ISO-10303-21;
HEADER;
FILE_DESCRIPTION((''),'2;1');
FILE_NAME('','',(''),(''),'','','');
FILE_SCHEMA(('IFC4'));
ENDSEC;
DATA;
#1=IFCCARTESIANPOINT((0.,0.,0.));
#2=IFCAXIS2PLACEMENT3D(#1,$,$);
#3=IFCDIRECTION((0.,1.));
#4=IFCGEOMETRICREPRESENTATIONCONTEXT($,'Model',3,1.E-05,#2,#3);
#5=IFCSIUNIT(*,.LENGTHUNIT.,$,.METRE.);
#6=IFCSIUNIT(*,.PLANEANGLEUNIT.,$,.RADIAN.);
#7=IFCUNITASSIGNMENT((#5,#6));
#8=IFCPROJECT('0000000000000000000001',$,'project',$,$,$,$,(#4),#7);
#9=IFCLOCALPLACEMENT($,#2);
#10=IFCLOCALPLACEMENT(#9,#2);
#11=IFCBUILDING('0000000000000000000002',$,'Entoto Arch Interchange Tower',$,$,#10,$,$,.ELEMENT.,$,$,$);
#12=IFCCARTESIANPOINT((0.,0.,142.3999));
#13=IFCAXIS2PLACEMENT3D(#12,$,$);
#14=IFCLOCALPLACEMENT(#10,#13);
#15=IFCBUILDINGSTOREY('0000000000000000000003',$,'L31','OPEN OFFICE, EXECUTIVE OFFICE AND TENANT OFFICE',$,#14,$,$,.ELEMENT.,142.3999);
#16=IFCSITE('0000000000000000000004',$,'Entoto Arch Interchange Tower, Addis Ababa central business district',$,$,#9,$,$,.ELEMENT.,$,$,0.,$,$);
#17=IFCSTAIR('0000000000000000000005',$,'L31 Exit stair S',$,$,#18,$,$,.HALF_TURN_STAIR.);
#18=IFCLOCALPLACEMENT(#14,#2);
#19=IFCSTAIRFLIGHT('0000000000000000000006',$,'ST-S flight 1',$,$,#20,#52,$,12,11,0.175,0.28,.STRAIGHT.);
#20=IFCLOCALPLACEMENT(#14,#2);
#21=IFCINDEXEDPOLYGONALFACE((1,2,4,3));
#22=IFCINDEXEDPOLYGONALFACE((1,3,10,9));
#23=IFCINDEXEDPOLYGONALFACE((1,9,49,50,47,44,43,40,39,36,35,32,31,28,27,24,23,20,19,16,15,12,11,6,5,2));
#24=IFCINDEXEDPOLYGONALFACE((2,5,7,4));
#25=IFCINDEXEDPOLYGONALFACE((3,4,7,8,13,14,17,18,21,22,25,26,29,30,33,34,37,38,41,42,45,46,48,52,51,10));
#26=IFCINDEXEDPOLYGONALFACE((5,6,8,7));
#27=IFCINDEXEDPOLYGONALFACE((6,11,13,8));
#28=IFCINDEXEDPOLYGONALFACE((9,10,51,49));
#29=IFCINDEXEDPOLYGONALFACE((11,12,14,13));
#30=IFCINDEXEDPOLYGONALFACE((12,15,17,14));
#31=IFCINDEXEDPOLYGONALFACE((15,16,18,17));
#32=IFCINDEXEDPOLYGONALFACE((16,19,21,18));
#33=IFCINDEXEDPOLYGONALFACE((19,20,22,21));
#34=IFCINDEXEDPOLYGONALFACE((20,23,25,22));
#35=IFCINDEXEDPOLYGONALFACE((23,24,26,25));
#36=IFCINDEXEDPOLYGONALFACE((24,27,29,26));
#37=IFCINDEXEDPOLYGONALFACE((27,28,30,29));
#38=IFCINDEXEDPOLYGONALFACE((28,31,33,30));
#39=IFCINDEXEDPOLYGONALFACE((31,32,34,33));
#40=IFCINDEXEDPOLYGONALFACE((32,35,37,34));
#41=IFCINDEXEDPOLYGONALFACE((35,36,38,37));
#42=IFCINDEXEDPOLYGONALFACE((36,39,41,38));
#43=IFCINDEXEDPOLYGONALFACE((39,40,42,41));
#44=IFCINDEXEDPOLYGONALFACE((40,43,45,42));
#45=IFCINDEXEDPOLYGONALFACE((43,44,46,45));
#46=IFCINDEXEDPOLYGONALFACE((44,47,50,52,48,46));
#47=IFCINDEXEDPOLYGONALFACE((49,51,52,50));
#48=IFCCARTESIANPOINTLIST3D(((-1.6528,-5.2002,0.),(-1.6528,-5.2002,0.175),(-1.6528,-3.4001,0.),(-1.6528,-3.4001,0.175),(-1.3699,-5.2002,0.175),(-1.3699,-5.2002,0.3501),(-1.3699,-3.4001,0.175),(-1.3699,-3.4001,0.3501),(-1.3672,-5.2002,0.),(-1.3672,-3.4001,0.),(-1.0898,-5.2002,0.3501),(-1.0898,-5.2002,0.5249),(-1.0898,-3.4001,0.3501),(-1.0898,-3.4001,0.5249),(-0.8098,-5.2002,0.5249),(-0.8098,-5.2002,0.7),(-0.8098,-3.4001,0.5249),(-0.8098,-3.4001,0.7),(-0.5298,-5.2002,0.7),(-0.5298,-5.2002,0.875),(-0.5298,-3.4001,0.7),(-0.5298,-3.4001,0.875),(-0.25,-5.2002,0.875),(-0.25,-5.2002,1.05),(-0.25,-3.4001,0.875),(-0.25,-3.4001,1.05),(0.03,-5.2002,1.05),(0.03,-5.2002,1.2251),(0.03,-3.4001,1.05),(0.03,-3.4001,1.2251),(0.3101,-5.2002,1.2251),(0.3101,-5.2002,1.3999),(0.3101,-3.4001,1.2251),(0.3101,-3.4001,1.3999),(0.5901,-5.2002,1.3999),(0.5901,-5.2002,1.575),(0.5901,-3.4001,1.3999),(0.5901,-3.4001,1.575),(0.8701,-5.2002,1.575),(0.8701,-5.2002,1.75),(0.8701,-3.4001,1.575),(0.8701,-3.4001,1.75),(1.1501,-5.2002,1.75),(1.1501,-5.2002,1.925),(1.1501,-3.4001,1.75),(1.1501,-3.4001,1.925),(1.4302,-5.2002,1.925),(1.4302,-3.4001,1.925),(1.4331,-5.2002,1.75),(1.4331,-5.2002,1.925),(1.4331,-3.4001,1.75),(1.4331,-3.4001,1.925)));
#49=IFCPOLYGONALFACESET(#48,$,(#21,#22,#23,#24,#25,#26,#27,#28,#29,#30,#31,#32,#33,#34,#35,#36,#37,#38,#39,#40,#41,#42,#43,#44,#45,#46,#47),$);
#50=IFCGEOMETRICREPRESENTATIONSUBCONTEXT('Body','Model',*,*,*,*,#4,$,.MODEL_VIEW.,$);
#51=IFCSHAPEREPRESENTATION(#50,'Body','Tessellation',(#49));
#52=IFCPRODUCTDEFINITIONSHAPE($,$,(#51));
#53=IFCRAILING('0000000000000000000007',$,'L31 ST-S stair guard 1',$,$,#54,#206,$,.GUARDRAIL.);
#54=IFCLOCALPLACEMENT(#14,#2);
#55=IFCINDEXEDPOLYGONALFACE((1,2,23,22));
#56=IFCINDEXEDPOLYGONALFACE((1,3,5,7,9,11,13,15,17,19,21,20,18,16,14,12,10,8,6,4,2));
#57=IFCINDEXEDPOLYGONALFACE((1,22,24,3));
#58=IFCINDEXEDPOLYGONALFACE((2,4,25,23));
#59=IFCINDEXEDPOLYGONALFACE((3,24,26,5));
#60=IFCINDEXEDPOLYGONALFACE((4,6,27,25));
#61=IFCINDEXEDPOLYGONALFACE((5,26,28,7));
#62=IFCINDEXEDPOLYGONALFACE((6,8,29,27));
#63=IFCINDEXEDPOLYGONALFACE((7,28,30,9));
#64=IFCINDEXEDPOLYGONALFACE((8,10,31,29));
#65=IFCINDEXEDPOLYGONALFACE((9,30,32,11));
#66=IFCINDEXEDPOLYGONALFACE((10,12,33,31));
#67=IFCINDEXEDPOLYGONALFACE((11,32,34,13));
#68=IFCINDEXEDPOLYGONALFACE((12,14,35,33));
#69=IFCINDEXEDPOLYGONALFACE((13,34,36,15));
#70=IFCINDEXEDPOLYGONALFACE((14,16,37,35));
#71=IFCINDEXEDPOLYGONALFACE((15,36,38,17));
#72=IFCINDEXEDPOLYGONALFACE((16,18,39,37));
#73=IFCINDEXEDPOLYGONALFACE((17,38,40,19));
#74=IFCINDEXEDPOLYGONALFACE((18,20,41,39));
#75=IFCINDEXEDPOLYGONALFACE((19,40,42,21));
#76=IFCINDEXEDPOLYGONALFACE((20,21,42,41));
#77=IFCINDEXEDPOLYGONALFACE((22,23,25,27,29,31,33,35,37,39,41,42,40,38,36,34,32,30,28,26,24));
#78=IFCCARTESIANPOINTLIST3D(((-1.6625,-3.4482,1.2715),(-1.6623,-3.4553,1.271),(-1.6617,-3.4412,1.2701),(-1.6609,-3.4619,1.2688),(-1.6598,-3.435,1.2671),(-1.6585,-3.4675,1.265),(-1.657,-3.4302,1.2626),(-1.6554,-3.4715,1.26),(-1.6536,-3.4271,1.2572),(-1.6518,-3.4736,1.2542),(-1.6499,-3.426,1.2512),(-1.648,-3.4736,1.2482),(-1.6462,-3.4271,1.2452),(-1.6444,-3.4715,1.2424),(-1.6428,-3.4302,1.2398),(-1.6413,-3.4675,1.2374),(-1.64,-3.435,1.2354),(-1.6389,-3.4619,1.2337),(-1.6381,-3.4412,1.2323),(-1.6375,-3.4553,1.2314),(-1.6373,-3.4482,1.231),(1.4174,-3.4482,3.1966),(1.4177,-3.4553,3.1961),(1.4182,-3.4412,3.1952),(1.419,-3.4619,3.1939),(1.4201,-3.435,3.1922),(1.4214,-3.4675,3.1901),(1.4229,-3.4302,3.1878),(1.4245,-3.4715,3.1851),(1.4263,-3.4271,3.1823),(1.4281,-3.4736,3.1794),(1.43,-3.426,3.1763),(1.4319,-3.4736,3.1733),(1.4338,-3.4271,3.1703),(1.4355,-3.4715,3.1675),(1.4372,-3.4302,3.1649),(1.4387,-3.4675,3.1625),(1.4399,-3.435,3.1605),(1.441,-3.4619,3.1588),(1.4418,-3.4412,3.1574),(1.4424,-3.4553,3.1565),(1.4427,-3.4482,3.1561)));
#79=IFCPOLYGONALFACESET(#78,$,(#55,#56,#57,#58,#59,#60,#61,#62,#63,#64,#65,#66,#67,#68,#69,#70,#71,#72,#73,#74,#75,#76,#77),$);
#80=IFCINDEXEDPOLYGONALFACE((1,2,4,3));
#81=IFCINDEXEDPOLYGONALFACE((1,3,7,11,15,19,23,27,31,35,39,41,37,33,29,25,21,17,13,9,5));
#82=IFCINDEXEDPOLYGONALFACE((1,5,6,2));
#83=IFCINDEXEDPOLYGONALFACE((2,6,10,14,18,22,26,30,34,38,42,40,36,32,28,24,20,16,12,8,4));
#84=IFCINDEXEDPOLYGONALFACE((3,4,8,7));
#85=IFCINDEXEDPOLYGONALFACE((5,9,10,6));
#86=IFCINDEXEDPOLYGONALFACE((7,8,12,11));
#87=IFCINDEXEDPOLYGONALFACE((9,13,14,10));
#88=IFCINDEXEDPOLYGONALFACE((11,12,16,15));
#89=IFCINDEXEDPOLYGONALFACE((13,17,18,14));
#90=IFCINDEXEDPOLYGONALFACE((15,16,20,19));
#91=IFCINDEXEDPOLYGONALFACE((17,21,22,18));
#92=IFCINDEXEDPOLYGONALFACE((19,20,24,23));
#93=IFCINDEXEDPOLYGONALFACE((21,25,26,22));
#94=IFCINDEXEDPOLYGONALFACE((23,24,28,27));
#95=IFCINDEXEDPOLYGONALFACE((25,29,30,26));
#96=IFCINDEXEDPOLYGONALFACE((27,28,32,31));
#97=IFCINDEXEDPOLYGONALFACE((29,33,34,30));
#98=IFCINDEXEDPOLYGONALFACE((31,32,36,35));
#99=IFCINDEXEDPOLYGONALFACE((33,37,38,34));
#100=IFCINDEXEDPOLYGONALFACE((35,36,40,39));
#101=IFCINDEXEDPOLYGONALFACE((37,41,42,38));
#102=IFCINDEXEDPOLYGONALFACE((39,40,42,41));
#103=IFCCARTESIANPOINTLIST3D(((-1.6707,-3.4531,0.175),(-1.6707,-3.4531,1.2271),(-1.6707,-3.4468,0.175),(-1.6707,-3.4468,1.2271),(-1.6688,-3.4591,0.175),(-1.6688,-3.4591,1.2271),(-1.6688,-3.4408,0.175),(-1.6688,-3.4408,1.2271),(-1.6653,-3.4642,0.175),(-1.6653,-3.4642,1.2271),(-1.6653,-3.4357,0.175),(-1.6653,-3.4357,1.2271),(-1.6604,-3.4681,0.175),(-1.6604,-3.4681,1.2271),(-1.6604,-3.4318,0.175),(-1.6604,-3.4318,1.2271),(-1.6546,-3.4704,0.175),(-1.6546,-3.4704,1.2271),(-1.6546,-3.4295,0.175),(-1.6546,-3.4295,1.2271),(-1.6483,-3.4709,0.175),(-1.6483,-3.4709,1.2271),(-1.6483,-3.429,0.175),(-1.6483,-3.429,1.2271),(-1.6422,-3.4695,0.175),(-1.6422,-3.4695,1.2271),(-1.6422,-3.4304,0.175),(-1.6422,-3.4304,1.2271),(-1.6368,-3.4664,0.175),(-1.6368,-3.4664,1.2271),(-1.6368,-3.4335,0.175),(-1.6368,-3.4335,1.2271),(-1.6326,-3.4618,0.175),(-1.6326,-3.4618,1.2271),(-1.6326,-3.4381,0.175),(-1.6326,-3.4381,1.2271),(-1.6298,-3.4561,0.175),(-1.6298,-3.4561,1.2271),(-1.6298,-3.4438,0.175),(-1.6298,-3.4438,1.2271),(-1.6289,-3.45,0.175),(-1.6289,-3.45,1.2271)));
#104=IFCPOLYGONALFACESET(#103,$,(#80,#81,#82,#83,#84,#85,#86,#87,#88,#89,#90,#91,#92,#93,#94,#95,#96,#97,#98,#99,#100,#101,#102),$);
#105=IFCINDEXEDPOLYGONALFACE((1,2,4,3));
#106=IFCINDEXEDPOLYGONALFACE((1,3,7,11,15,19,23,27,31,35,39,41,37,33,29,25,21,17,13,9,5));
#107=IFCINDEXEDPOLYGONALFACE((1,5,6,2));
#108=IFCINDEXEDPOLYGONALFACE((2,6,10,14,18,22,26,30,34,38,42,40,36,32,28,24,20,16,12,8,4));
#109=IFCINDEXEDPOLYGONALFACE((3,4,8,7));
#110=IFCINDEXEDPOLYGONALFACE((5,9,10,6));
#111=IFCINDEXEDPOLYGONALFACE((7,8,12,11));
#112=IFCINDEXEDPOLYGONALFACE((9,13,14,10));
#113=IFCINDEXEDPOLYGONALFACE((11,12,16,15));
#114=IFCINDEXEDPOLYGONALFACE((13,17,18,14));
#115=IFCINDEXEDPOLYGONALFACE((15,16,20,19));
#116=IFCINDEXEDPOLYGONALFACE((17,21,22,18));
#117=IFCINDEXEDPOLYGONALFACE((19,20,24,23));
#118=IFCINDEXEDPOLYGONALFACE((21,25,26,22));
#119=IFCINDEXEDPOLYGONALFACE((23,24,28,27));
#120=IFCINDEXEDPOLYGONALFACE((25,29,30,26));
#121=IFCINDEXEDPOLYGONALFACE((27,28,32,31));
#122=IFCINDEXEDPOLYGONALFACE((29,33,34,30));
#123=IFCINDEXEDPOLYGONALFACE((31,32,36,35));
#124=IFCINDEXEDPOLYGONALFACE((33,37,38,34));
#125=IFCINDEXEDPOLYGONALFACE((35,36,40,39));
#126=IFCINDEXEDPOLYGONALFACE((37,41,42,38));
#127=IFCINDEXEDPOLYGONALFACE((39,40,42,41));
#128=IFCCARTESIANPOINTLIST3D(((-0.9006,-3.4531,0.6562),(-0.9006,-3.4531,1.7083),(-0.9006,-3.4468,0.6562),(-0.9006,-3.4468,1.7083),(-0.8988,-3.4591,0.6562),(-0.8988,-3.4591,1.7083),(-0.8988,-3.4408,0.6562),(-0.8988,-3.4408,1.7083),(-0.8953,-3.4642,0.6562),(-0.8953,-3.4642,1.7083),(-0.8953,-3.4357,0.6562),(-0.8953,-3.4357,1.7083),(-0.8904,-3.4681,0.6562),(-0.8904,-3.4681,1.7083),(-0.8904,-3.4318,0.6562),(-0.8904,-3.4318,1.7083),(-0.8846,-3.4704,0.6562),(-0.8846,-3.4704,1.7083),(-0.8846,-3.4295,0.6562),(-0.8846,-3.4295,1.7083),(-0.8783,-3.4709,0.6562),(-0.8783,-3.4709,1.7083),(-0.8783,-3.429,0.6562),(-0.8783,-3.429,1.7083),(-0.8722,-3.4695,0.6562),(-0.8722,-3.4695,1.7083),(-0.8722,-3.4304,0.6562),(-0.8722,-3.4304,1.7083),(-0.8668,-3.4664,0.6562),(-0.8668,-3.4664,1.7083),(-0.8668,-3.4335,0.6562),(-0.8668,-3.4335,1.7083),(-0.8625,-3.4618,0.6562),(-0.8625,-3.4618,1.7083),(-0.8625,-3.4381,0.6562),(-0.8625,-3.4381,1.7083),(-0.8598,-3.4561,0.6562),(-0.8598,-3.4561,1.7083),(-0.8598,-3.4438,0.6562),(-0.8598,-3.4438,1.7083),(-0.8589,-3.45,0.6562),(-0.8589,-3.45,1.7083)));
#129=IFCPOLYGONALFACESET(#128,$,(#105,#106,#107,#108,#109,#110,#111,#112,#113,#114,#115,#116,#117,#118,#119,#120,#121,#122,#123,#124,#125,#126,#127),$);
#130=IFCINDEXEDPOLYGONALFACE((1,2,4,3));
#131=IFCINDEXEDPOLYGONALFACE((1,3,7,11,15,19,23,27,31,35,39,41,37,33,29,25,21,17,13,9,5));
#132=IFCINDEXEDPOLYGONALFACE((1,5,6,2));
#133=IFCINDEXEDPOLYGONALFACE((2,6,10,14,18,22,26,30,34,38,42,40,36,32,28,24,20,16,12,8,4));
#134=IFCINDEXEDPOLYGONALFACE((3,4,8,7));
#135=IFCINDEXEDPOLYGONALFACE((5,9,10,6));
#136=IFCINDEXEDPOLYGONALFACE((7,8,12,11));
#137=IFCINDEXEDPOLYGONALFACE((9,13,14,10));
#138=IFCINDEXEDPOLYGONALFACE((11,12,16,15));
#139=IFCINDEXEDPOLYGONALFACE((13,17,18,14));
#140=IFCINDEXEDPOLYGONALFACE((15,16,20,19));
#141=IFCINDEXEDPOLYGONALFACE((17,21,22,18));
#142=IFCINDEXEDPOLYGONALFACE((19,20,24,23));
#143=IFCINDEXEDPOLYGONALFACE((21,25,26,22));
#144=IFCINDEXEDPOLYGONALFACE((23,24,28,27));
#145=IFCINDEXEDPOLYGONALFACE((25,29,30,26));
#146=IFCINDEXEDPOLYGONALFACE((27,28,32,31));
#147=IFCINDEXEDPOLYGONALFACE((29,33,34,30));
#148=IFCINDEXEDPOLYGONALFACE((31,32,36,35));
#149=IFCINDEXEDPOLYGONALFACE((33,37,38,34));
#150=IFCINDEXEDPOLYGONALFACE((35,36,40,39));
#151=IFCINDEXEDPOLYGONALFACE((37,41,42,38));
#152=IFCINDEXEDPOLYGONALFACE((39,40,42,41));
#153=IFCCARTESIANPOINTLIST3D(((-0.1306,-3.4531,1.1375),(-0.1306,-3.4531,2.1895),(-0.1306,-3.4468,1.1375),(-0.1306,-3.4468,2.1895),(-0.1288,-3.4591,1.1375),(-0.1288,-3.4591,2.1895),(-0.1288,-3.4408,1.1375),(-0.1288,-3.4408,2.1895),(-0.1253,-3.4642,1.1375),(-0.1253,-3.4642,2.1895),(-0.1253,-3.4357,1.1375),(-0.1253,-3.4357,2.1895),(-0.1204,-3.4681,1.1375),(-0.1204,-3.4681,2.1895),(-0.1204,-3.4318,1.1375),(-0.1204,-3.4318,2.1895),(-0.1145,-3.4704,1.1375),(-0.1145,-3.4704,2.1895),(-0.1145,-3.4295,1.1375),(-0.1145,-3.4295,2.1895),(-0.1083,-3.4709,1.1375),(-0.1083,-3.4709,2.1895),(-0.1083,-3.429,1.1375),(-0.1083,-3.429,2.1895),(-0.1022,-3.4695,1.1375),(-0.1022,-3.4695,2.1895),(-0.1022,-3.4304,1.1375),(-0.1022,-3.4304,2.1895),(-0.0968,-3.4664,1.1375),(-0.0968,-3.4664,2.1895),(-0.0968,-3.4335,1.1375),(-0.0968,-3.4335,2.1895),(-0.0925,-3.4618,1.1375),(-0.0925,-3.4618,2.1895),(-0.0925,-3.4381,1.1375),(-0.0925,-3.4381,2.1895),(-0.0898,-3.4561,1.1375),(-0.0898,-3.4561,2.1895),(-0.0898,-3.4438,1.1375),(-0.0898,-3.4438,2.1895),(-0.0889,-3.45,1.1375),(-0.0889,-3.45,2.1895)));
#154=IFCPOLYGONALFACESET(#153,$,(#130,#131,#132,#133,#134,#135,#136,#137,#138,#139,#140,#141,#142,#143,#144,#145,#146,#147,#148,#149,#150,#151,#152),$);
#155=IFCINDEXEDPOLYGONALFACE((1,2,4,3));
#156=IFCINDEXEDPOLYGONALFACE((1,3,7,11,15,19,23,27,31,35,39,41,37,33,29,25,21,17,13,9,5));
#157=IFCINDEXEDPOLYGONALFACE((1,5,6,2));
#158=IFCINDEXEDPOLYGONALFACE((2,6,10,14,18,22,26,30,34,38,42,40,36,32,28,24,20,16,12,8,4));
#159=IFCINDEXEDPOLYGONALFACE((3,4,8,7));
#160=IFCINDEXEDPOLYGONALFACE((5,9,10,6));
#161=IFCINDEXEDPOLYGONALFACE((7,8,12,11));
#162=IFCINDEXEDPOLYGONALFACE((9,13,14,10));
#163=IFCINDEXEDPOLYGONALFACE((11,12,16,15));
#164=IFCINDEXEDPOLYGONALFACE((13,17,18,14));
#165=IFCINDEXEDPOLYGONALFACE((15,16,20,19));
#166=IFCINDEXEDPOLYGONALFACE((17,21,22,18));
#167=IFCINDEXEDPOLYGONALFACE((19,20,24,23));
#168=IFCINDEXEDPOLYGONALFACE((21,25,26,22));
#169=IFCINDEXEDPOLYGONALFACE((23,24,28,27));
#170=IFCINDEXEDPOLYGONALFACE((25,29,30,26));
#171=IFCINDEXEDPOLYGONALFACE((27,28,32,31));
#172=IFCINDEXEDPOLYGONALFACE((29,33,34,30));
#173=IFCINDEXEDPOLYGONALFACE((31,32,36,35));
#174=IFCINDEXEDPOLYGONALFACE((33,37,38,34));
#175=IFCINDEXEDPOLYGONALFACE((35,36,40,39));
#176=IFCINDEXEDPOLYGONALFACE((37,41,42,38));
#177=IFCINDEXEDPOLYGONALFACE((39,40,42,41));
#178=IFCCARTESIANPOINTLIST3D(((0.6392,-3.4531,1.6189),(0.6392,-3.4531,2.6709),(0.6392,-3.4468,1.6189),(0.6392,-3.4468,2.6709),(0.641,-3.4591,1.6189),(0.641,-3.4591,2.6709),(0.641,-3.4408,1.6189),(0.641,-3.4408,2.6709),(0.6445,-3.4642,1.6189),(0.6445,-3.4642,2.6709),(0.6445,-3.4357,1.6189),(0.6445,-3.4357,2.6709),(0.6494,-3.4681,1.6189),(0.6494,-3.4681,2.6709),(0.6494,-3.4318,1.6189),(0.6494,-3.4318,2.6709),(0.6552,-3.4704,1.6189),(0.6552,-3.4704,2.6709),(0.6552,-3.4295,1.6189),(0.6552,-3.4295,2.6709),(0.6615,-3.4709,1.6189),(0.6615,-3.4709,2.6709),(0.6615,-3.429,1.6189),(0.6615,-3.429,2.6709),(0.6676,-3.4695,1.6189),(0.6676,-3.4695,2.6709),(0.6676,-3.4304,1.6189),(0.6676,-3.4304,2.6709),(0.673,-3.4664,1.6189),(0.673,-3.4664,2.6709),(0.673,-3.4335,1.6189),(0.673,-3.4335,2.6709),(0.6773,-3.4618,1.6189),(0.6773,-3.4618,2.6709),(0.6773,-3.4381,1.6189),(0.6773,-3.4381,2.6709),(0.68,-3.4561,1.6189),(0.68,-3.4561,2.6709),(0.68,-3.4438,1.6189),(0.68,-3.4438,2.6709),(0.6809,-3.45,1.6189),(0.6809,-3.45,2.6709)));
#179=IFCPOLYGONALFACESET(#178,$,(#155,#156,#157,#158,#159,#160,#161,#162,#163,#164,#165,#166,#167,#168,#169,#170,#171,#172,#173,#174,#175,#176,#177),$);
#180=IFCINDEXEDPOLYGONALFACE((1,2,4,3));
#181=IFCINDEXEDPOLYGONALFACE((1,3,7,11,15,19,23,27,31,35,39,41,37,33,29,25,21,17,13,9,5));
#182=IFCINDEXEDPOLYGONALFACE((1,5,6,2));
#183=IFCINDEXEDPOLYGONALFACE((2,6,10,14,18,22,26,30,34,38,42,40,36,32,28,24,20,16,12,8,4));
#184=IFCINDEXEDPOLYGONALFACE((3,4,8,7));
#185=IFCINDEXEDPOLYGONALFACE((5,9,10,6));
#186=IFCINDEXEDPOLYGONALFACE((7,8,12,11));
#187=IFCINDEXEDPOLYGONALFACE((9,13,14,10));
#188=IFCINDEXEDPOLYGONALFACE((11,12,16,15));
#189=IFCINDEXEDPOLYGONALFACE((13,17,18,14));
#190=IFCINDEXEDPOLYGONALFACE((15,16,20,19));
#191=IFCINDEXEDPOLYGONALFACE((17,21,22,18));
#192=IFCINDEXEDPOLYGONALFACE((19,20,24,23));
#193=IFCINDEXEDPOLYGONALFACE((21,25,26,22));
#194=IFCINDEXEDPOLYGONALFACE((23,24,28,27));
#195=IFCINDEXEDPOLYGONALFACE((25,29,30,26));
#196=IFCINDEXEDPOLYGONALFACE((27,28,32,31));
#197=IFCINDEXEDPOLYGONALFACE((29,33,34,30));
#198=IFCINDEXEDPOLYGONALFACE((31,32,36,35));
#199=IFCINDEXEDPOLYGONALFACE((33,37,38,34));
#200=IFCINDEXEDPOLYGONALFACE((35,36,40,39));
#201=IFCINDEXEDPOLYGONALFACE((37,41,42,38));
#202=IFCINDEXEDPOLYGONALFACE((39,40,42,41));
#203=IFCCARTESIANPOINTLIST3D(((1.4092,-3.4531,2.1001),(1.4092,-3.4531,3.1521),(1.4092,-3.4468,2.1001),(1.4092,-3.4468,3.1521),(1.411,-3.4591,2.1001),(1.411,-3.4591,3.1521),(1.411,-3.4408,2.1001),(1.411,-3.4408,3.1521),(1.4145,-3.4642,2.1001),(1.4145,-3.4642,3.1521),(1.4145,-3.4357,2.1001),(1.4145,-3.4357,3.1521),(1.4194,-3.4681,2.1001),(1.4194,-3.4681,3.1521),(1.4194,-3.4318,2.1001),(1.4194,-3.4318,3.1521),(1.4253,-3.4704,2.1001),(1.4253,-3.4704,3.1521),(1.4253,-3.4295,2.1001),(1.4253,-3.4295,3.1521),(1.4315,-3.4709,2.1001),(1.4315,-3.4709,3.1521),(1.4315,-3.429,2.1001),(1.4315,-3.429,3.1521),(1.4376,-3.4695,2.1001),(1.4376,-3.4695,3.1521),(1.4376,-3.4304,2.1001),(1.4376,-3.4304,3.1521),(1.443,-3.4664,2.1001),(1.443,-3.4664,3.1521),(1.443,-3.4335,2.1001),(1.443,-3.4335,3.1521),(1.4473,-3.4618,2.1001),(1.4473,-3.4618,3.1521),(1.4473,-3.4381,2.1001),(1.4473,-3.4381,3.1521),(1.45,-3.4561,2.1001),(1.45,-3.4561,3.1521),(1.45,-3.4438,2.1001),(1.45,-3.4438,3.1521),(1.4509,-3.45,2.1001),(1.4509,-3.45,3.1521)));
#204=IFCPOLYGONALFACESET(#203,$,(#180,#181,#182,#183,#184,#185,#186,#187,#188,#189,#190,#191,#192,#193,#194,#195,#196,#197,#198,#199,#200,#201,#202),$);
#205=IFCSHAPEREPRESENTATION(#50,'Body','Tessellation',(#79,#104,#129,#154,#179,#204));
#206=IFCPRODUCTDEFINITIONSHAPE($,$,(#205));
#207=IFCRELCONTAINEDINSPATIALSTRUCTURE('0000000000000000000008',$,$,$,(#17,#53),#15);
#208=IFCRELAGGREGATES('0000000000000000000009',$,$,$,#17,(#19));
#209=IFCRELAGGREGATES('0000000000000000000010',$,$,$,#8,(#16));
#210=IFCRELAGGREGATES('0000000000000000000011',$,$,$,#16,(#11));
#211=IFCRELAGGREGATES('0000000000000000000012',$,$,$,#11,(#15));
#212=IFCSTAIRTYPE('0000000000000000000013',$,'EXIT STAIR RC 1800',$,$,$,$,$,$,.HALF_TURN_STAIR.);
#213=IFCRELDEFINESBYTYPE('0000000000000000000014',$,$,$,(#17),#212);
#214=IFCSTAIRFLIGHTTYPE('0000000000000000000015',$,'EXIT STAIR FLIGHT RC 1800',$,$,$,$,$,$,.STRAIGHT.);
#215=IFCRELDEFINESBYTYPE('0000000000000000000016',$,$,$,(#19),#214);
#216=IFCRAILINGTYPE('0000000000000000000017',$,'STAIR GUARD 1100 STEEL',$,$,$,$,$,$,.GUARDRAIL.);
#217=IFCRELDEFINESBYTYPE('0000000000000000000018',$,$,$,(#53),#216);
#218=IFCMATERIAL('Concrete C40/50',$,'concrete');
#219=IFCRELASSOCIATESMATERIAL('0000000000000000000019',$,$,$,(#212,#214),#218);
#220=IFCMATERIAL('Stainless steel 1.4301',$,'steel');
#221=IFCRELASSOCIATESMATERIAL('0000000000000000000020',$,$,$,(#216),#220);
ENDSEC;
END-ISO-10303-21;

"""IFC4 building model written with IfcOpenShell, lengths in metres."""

from ifc_helpers import new_model, si_unit, direction, frame, origin, origin_2d, place, context, subcontext, project, spatial, polyline, circle, outline, extrude, material, type_object, element, aggregate, save


model = new_model("IFC4")

# Units and contexts
model_context = context("Model", 3, precision=1e-05, world=origin(), true_north=direction((0.0, 1.0)))
body_context = subcontext(model_context, "Body", "Model", "MODEL_VIEW")
ifc_project = project(units=[si_unit("LENGTHUNIT", "METRE"), si_unit("PLANEANGLEUNIT", "RADIAN")], contexts=[model_context])

# Site, building, storey
site_placement = place(None, origin())
site = spatial("IfcSite", under=ifc_project, at=site_placement, Name="Entoto Arch Interchange Tower, Addis Ababa central business district", CompositionType="ELEMENT", RefElevation=0.0)
building_placement = place(site_placement, origin())
building = spatial("IfcBuilding", under=site, at=building_placement, Name="Entoto Arch Interchange Tower", CompositionType="ELEMENT")
storey_placement = place(building_placement, frame((0.0, 0.0, 142.3999)))
storey = spatial("IfcBuildingStorey", under=building, at=storey_placement, Name="L31", Description="OPEN OFFICE, EXECUTIVE OFFICE AND TENANT OFFICE", CompositionType="ELEMENT", Elevation=142.3999)

# Shared definitions
ifc_material_1 = material(Name="Concrete C40/50", Category="concrete")

# Stair, stair flight
stair_type = type_object("IfcStairType", Name="EXIT STAIR RC 1800", PredefinedType="HALF_TURN_STAIR", material=ifc_material_1)
stair_placement = place(storey_placement, origin())
stair = element("IfcStair", 1, at=stair_placement, inside=storey, type_object=stair_type, Name="L31 Exit stair S", PredefinedType="HALF_TURN_STAIR")
stair_flight_type = type_object("IfcStairFlightType", Name="EXIT STAIR FLIGHT RC 1800", PredefinedType="STRAIGHT", material=ifc_material_1)
stair_flight_placement = place(storey_placement, frame((-1.6499, -4.3, 0.0), z_axis=(0.0, 0.0, 1.0), x_axis=(1.0, 0.0, 0.0)))
stair_flight = element("IfcStairFlight", 2, at=stair_flight_placement, type_object=stair_flight_type, Name="ST-S flight 1", NumberOfRisers=12, NumberOfTreads=11, PredefinedType="STRAIGHT", RiserHeight=0.175, TreadLength=0.28, context=body_context, shape_type="SweptSolid", body=[
    extrude(outline(polyline([(-0.0029, 0.0), (-0.0029, 0.175), (0.28, 0.175), (0.28, 0.3501), (0.5601, 0.3501), (0.5601, 0.5249), (0.8401, 0.5249), (0.8401, 0.7), (1.1201, 0.7), (1.1201, 0.875), (1.3999, 0.875), (1.3999, 1.05), (1.6799, 1.05), (1.6799, 1.2251), (1.96, 1.2251), (1.96, 1.3999), (2.24, 1.3999), (2.24, 1.575), (2.52, 1.575), (2.52, 1.75), (2.8, 1.75), (2.8, 1.925), (3.0801, 1.925), (3.083, 1.925), (3.083, 1.75), (0.2827, 0.0), (-0.0029, 0.0)])), frame((0.0, 0.8999, 0.0), z_axis=(0.0, -1.0, 0.0), x_axis=(1.0, 0.0, 0.0)), (0.0, 0.0, 1.0), 1.8),
])
aggregate(stair, [stair_flight])

# Railing
ifc_material_2 = material(Name="Stainless steel 1.4301", Category="steel")
railing_type_1 = type_object("IfcRailingType", Name="STAIR GUARD 1100 STEEL", PredefinedType="GUARDRAIL", material=ifc_material_2)
railing_1_placement = place(storey_placement, frame((-1.6499, -3.45, 0.175)))
element("IfcRailing", 3, at=railing_1_placement, inside=storey, type_object=railing_type_1, Name="L31 ST-S stair guard 1", PredefinedType="GUARDRAIL", context=body_context, shape_type="SweptSolid", body=[
    extrude(circle(Radius=0.0239, at=origin_2d()), frame((0.0, 0.0, 1.0762), z_axis=(0.847979, 0.0, 0.530029), x_axis=(0.0, 1.0, 0.0)), (0.0, 0.0, 1.0), 3.6321),
    extrude(circle(Radius=0.021, at=origin_2d()), origin(), (0.0, 0.0, 1.0), 1.052),
    extrude(circle(Radius=0.021, at=origin_2d()), frame((0.77, 0.0, 0.4812)), (0.0, 0.0, 1.0), 1.052),
    extrude(circle(Radius=0.021, at=origin_2d()), frame((1.54, 0.0, 0.9624)), (0.0, 0.0, 1.0), 1.052),
    extrude(circle(Radius=0.021, at=origin_2d()), frame((2.3098, 0.0, 1.4438)), (0.0, 0.0, 1.0), 1.052),
    extrude(circle(Radius=0.021, at=origin_2d()), frame((3.0798, 0.0, 1.925)), (0.0, 0.0, 1.0), 1.052),
])

save(model, "model.ifc")
